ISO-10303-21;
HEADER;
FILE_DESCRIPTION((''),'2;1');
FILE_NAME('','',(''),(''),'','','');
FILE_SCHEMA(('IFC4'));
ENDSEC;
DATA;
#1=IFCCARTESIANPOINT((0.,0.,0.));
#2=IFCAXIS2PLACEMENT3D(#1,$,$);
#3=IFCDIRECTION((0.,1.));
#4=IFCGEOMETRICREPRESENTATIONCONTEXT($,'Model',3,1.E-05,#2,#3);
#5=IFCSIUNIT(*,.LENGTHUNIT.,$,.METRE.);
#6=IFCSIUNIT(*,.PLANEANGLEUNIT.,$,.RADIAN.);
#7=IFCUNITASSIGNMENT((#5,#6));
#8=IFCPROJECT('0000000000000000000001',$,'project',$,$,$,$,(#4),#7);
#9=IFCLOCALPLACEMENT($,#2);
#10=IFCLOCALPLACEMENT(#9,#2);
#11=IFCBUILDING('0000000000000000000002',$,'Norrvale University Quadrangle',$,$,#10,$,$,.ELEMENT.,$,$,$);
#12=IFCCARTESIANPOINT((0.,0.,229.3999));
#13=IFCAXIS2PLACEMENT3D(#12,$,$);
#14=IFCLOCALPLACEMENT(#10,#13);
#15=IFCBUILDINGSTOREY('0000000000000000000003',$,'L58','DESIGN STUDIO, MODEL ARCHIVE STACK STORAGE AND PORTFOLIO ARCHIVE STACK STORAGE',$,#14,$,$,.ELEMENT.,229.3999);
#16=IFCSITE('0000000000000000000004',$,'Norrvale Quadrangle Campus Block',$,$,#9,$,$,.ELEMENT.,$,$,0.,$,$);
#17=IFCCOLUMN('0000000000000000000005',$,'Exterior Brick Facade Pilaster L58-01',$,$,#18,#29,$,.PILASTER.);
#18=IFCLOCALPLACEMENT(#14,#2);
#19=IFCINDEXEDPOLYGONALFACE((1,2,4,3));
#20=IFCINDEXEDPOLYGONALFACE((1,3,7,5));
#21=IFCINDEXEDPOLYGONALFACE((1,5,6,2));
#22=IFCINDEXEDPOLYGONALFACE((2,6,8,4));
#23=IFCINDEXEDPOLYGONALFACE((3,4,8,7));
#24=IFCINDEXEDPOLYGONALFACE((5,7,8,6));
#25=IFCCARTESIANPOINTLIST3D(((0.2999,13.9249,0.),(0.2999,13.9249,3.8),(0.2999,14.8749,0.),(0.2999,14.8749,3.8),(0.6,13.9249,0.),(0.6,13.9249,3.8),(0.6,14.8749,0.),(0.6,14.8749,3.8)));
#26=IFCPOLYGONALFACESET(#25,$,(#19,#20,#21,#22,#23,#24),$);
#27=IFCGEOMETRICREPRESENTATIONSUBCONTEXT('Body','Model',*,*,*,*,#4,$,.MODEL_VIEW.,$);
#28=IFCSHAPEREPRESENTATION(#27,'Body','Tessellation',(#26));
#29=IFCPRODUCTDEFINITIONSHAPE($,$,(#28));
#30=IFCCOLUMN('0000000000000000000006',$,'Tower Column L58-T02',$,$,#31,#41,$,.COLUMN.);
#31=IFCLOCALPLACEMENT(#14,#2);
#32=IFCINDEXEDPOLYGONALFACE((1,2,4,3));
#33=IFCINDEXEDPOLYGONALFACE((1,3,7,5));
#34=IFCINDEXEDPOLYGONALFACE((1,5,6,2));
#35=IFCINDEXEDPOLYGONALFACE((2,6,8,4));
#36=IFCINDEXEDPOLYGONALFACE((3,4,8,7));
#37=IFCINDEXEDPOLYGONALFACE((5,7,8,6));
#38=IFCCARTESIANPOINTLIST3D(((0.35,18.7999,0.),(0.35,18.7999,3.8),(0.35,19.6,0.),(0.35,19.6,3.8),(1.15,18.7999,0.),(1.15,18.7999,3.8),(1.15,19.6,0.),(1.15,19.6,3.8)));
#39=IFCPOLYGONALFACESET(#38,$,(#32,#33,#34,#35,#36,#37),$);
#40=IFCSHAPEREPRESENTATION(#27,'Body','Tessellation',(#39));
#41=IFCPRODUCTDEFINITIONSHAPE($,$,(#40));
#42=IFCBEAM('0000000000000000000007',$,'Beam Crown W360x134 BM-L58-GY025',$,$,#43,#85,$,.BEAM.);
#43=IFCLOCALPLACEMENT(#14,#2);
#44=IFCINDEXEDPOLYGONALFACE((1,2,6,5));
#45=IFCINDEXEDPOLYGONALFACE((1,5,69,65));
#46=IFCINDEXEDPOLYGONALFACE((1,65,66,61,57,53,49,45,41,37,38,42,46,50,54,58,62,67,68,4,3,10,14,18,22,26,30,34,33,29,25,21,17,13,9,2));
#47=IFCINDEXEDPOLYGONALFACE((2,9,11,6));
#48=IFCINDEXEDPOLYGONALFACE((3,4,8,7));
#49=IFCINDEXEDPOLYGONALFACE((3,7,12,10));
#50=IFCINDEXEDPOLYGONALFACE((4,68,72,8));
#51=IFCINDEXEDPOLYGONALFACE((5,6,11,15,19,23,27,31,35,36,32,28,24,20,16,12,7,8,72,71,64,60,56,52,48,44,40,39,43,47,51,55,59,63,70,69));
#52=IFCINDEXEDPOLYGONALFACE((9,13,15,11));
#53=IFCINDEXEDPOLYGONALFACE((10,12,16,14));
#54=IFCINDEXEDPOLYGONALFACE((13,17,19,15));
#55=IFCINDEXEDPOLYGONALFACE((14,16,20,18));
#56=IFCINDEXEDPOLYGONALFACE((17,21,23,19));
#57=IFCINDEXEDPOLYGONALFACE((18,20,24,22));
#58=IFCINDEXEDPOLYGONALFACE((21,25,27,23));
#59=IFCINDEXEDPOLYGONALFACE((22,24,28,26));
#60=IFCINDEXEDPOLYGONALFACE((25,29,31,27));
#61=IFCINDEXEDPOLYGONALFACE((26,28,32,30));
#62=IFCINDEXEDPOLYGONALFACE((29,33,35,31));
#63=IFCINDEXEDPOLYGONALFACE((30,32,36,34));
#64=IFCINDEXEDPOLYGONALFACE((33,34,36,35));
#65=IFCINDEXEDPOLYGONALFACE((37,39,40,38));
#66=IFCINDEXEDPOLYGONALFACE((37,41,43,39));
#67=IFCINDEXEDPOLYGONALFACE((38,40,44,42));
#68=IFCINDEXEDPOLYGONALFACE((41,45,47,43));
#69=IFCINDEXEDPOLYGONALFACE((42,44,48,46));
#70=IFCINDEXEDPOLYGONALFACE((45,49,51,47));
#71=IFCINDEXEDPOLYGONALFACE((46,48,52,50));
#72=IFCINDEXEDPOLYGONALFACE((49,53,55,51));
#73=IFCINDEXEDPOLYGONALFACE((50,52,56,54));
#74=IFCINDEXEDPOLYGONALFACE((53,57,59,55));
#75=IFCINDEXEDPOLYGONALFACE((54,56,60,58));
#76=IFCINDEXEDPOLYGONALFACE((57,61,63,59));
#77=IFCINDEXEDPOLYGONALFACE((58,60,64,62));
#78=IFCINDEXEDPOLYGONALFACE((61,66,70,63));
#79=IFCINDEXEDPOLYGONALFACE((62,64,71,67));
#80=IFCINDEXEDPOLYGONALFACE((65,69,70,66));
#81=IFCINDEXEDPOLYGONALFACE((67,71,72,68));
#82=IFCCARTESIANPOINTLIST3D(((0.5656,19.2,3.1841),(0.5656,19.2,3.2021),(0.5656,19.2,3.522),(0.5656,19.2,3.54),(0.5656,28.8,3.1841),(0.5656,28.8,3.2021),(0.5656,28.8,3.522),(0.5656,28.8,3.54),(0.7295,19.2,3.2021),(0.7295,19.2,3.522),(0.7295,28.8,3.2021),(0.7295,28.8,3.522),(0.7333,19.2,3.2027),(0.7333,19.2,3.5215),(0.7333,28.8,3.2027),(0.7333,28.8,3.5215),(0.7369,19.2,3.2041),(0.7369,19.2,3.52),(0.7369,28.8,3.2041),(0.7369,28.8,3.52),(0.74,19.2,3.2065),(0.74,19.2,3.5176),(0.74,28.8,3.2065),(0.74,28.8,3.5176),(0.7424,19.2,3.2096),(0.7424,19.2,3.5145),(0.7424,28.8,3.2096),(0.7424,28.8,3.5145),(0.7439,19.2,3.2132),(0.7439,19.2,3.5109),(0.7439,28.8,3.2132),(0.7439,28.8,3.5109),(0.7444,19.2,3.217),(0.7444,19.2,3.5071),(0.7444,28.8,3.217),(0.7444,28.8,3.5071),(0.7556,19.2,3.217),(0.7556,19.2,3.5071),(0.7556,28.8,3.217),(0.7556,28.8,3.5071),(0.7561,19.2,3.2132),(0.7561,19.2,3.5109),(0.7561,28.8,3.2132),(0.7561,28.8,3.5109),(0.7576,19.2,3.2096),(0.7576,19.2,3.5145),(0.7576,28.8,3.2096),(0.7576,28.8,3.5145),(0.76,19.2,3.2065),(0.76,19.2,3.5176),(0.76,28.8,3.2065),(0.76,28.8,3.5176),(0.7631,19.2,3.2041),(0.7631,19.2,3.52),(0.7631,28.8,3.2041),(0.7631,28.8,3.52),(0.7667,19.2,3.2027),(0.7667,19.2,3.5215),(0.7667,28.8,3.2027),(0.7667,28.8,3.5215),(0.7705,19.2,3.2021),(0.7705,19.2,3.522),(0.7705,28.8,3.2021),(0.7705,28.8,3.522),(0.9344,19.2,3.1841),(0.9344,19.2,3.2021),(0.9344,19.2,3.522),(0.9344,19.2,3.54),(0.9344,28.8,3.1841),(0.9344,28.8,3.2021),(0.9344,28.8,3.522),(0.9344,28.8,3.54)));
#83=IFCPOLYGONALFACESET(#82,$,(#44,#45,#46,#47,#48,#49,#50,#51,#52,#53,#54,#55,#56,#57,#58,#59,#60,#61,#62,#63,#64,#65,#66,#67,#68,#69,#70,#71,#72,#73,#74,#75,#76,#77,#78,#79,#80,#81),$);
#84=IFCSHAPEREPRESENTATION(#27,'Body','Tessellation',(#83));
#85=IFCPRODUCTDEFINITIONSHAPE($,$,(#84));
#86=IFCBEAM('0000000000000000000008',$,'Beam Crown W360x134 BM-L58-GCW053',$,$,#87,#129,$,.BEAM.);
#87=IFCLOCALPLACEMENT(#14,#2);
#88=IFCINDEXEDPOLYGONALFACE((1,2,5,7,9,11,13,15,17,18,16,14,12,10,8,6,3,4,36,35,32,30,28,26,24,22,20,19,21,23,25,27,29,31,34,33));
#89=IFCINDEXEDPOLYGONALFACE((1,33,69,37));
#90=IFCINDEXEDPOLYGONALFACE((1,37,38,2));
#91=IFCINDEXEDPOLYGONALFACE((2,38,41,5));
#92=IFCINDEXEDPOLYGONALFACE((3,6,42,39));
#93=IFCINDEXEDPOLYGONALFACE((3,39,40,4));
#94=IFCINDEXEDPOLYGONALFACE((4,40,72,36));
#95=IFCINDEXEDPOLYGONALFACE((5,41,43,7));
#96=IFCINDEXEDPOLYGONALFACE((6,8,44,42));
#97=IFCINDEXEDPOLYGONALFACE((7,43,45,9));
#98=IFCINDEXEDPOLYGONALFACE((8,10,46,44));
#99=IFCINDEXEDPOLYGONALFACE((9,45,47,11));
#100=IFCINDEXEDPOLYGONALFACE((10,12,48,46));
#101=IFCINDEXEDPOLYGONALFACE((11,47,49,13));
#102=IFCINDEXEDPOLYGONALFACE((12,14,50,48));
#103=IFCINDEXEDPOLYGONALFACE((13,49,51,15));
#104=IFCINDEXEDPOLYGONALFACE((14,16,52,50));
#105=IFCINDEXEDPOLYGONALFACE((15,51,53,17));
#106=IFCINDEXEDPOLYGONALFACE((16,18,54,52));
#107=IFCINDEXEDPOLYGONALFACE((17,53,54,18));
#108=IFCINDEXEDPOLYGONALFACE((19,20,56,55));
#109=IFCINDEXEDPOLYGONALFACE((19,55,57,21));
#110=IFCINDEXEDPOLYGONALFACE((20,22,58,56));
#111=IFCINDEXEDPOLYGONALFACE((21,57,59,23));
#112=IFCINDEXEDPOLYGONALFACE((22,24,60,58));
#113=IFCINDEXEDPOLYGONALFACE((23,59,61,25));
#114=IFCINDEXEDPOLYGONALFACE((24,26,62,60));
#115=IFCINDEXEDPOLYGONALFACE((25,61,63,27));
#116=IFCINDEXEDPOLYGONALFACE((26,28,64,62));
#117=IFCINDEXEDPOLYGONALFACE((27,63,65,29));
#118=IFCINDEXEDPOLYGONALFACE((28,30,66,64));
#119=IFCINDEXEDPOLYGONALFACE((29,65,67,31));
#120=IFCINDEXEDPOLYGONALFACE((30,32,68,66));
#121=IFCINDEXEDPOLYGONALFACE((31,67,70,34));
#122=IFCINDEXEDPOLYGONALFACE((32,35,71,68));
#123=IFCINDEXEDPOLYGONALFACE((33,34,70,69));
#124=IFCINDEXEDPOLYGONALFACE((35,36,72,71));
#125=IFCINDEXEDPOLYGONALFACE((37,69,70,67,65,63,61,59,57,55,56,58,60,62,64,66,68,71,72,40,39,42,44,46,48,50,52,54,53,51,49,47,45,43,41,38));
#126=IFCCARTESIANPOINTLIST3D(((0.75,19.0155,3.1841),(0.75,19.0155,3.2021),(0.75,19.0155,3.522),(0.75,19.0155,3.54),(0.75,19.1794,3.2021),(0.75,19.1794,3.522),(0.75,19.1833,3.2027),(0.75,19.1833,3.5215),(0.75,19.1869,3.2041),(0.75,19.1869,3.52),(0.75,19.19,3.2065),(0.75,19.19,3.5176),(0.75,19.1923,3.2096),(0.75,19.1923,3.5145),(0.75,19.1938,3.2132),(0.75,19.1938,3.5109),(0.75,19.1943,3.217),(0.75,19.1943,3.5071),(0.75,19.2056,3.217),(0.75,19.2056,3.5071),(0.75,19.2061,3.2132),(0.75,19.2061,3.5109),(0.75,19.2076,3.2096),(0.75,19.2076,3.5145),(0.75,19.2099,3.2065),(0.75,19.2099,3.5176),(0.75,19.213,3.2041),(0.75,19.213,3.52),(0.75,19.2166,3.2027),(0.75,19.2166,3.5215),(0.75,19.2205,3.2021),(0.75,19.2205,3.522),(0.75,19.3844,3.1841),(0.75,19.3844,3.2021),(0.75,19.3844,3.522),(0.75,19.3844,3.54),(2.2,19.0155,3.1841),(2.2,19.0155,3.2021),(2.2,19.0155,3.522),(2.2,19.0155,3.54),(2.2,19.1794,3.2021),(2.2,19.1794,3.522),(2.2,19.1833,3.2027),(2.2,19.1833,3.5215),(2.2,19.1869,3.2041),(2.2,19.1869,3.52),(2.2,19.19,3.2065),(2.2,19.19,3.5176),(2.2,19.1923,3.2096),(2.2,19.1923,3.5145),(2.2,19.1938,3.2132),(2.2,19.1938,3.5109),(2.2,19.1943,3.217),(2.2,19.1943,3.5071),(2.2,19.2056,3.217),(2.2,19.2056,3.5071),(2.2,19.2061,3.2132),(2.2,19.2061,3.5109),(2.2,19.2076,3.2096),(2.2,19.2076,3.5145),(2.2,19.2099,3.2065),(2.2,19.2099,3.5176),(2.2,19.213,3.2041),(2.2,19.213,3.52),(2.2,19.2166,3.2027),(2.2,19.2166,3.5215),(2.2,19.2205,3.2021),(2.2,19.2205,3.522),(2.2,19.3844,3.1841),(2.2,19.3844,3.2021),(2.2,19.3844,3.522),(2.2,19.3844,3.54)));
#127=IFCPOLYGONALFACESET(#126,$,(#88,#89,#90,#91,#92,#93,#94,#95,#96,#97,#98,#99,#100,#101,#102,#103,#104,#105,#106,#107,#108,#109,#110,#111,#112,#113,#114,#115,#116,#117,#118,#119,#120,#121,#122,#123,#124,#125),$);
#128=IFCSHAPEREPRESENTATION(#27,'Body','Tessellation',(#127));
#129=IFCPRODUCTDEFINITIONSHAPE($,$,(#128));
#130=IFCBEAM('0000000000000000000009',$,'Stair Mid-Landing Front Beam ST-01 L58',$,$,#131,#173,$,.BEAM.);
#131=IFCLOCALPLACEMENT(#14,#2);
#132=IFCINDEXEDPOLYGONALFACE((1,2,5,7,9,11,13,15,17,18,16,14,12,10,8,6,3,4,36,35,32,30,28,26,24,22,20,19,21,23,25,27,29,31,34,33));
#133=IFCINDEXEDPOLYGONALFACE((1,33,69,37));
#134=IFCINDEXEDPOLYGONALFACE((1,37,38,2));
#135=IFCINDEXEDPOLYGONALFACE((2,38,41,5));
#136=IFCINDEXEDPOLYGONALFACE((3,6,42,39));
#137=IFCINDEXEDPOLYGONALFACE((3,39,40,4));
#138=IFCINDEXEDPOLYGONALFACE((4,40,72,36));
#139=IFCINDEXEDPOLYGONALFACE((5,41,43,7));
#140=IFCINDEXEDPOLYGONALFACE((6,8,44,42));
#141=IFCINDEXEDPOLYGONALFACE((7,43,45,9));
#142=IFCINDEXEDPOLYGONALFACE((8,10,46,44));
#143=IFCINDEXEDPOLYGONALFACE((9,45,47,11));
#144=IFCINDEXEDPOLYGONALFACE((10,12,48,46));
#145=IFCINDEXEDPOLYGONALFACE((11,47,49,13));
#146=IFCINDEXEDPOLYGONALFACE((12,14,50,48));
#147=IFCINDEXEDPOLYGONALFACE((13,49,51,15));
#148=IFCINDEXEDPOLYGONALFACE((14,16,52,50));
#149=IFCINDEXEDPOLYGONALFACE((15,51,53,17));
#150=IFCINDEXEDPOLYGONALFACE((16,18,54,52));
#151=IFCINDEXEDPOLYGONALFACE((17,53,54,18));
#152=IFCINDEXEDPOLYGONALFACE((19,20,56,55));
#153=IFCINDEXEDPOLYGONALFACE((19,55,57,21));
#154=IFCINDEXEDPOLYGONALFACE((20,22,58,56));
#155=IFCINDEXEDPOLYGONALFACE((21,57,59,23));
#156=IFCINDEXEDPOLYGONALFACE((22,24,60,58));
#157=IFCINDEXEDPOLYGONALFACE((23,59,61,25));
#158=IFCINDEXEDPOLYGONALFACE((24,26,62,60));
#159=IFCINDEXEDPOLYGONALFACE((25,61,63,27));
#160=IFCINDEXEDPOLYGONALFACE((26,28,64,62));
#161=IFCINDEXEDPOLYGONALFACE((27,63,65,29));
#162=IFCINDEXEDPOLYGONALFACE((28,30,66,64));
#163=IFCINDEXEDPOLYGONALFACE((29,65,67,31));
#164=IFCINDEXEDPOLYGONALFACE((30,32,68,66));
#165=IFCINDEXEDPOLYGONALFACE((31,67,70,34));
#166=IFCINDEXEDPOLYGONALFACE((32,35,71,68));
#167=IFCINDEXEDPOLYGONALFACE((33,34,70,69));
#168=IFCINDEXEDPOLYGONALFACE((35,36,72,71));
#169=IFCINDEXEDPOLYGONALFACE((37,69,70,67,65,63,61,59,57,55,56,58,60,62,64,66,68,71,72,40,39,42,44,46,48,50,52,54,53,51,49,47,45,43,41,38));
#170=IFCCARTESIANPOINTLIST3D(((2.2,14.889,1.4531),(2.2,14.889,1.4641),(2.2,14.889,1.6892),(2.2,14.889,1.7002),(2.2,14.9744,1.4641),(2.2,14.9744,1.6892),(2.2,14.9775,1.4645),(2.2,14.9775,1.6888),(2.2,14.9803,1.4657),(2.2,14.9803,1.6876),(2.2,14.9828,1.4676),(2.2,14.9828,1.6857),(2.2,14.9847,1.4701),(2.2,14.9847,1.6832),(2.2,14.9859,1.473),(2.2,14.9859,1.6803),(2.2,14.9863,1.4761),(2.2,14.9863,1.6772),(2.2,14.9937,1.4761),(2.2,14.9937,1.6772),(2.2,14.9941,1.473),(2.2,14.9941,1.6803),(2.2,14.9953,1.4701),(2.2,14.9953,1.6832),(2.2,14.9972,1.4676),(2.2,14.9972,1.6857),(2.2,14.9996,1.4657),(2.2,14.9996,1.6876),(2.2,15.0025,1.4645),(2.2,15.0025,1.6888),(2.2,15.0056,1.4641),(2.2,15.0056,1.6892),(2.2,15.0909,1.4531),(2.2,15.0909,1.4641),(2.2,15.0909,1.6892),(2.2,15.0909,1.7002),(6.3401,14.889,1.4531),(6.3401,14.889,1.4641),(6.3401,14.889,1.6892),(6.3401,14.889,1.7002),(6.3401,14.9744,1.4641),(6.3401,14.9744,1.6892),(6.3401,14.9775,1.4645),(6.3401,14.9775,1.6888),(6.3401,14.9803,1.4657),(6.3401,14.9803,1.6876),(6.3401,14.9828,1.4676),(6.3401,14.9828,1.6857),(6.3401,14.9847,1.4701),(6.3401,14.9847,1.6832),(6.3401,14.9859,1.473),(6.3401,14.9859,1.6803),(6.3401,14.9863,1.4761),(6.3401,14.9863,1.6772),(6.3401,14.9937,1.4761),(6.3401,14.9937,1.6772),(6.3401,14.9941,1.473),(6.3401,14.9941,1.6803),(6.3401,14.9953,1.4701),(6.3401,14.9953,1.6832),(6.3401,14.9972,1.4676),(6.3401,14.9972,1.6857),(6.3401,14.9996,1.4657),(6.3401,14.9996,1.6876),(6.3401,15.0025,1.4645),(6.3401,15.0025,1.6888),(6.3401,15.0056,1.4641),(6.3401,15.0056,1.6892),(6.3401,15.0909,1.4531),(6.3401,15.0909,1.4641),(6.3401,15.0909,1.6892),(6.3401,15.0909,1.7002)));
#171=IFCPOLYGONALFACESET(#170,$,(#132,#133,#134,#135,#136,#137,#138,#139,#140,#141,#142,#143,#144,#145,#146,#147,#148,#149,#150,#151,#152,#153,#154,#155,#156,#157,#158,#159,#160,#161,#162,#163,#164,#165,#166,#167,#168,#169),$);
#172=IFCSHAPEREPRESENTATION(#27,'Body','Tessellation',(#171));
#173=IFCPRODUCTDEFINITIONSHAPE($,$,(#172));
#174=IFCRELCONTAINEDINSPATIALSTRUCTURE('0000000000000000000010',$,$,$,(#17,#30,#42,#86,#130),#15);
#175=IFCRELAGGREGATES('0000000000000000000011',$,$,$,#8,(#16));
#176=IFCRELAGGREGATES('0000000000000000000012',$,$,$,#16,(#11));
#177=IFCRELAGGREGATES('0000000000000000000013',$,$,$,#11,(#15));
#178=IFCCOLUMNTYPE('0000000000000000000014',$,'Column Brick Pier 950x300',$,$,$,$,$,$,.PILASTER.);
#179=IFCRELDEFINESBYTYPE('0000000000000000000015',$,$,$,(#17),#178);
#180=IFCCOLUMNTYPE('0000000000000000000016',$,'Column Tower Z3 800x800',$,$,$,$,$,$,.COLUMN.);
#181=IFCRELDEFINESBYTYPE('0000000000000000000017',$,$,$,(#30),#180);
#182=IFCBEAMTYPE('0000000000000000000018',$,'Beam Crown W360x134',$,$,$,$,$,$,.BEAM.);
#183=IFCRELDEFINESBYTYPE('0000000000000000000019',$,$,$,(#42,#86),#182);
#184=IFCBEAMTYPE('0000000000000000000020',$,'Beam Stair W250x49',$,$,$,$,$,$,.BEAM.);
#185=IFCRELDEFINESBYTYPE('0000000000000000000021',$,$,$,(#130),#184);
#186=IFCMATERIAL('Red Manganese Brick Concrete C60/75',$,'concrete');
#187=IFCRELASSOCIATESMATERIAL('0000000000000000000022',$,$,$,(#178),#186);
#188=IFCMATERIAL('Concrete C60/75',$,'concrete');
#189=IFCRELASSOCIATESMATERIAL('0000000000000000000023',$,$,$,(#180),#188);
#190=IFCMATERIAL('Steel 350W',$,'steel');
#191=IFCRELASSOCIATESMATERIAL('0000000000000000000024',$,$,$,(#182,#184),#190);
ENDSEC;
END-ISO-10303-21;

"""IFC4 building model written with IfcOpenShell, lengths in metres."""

from ifc_helpers import new_model, si_unit, direction, frame, origin, origin_2d, place, context, subcontext, project, spatial, rectangle, i_section, extrude, material, material_profile, profile_set, type_object, element, save


model = new_model("IFC4")

# Units and contexts
model_context = context("Model", 3, precision=1e-05, world=origin(), true_north=direction((0.0, 1.0)))
body_context = subcontext(model_context, "Body", "Model", "MODEL_VIEW")
ifc_project = project(units=[si_unit("LENGTHUNIT", "METRE"), si_unit("PLANEANGLEUNIT", "RADIAN")], contexts=[model_context])

# Site, building, storey
site_placement = place(None, origin())
site = spatial("IfcSite", under=ifc_project, at=site_placement, Name="Norrvale Quadrangle Campus Block", CompositionType="ELEMENT", RefElevation=0.0)
building_placement = place(site_placement, origin())
building = spatial("IfcBuilding", under=site, at=building_placement, Name="Norrvale University Quadrangle", CompositionType="ELEMENT")
storey_placement = place(building_placement, frame((0.0, 0.0, 229.3999)))
storey = spatial("IfcBuildingStorey", under=building, at=storey_placement, Name="L58", Description="DESIGN STUDIO, MODEL ARCHIVE STACK STORAGE AND PORTFOLIO ARCHIVE STACK STORAGE", CompositionType="ELEMENT", Elevation=229.3999)

# Columns
ifc_material_1 = material(Name="Red Manganese Brick Concrete C60/75", Category="concrete")
ifc_material_profile_1 = material_profile(ifc_material_1, rectangle(XDim=0.95, YDim=0.3, at=origin_2d()), Name="Red Manganese Brick Concrete C60/75")
ifc_profile_set_1 = profile_set([ifc_material_profile_1], Name="Red Manganese Brick Concrete C60/75")
column_type_1 = type_object("IfcColumnType", Name="Column Brick Pier 950x300", PredefinedType="PILASTER", material=ifc_profile_set_1)
column_1_placement = place(storey_placement, frame((0.45, 14.3999, 0.0), z_axis=(0.0, 0.0, 1.0), x_axis=(0.0, 1.0, 0.0)))
element("IfcColumn", 1, at=column_1_placement, inside=storey, type_object=column_type_1, Name="Exterior Brick Facade Pilaster L58-01", PredefinedType="PILASTER", context=body_context, shape_type="SweptSolid", body=[
    extrude(rectangle(XDim=0.95, YDim=0.3, at=origin_2d()), origin(), (0.0, 0.0, 1.0), 3.8),
])
ifc_material_2 = material(Name="Concrete C60/75", Category="concrete")
ifc_material_profile_2 = material_profile(ifc_material_2, rectangle(XDim=0.8, YDim=0.8, at=origin_2d()), Name="Concrete C60/75")
ifc_profile_set_2 = profile_set([ifc_material_profile_2], Name="Concrete C60/75")
column_type_2 = type_object("IfcColumnType", Name="Column Tower Z3 800x800", PredefinedType="COLUMN", material=ifc_profile_set_2)
column_2_placement = place(storey_placement, frame((0.75, 19.2, 0.0), z_axis=(0.0, 0.0, 1.0), x_axis=(1.0, 0.0, 0.0)))
element("IfcColumn", 2, at=column_2_placement, inside=storey, type_object=column_type_2, Name="Tower Column L58-T02", PredefinedType="COLUMN", context=body_context, shape_type="SweptSolid", body=[
    extrude(rectangle(XDim=0.8, YDim=0.8, at=origin_2d()), origin(), (0.0, 0.0, 1.0), 3.8),
])

# Beams
ifc_material_3 = material(Name="Steel 350W", Category="steel")
ifc_material_profile_3 = material_profile(ifc_material_3, i_section(OverallWidth=0.3689, OverallDepth=0.356, WebThickness=0.0112, FlangeThickness=0.0181, FilletRadius=0.0149, at=origin_2d()), Name="Steel 350W")
ifc_profile_set_3 = profile_set([ifc_material_profile_3], Name="Steel 350W")
beam_type_1 = type_object("IfcBeamType", Name="Beam Crown W360x134", PredefinedType="BEAM", material=ifc_profile_set_3)
beam_1_placement = place(storey_placement, frame((0.75, 19.2, 3.3621), z_axis=(0.0, 1.0, 0.0), x_axis=(-1.0, 0.0, 0.0)))
element("IfcBeam", 3, at=beam_1_placement, inside=storey, type_object=beam_type_1, Name="Beam Crown W360x134 BM-L58-GY025", PredefinedType="BEAM", context=body_context, shape_type="SweptSolid", body=[
    extrude(i_section(OverallWidth=0.3689, OverallDepth=0.356, WebThickness=0.0112, FlangeThickness=0.0181, FilletRadius=0.0149, at=origin_2d()), origin(), (0.0, 0.0, 1.0), 9.6001),
])
beam_2_placement = place(storey_placement, frame((0.75, 19.2, 3.3621), z_axis=(1.0, 0.0, 0.0), x_axis=(0.0, 1.0, 0.0)))
element("IfcBeam", 4, at=beam_2_placement, inside=storey, type_object=beam_type_1, Name="Beam Crown W360x134 BM-L58-GCW053", PredefinedType="BEAM", context=body_context, shape_type="SweptSolid", body=[
    extrude(i_section(OverallWidth=0.3689, OverallDepth=0.356, WebThickness=0.0112, FlangeThickness=0.0181, FilletRadius=0.0149, at=origin_2d()), origin(), (0.0, 0.0, 1.0), 1.45),
])
ifc_material_profile_4 = material_profile(ifc_material_3, i_section(OverallWidth=0.2019, OverallDepth=0.2471, WebThickness=0.0073, FlangeThickness=0.011, FilletRadius=0.012, at=origin_2d()), Name="Steel 350W")
ifc_profile_set_4 = profile_set([ifc_material_profile_4], Name="Steel 350W")
beam_type_2 = type_object("IfcBeamType", Name="Beam Stair W250x49", PredefinedType="BEAM", material=ifc_profile_set_4)
for number, where, z_axis, x_axis, name in (
    (5, (2.2, 14.99, 1.5767), (1.0, 0.0, 0.0), (0.0, 1.0, 0.0), "Stair Mid-Landing Front Beam ST-01 L58"),
):
    element("IfcBeam", number, at=place(storey_placement, frame(where, z_axis=z_axis, x_axis=x_axis)), inside=storey, type_object=beam_type_2, Name=name, PredefinedType="BEAM", context=body_context, shape_type="SweptSolid", body=[
        extrude(i_section(OverallWidth=0.2019, OverallDepth=0.2471, WebThickness=0.0073, FlangeThickness=0.011, FilletRadius=0.012, at=origin_2d()), origin(), (0.0, 0.0, 1.0), 4.1401),
    ])

save(model, "model.ifc")
